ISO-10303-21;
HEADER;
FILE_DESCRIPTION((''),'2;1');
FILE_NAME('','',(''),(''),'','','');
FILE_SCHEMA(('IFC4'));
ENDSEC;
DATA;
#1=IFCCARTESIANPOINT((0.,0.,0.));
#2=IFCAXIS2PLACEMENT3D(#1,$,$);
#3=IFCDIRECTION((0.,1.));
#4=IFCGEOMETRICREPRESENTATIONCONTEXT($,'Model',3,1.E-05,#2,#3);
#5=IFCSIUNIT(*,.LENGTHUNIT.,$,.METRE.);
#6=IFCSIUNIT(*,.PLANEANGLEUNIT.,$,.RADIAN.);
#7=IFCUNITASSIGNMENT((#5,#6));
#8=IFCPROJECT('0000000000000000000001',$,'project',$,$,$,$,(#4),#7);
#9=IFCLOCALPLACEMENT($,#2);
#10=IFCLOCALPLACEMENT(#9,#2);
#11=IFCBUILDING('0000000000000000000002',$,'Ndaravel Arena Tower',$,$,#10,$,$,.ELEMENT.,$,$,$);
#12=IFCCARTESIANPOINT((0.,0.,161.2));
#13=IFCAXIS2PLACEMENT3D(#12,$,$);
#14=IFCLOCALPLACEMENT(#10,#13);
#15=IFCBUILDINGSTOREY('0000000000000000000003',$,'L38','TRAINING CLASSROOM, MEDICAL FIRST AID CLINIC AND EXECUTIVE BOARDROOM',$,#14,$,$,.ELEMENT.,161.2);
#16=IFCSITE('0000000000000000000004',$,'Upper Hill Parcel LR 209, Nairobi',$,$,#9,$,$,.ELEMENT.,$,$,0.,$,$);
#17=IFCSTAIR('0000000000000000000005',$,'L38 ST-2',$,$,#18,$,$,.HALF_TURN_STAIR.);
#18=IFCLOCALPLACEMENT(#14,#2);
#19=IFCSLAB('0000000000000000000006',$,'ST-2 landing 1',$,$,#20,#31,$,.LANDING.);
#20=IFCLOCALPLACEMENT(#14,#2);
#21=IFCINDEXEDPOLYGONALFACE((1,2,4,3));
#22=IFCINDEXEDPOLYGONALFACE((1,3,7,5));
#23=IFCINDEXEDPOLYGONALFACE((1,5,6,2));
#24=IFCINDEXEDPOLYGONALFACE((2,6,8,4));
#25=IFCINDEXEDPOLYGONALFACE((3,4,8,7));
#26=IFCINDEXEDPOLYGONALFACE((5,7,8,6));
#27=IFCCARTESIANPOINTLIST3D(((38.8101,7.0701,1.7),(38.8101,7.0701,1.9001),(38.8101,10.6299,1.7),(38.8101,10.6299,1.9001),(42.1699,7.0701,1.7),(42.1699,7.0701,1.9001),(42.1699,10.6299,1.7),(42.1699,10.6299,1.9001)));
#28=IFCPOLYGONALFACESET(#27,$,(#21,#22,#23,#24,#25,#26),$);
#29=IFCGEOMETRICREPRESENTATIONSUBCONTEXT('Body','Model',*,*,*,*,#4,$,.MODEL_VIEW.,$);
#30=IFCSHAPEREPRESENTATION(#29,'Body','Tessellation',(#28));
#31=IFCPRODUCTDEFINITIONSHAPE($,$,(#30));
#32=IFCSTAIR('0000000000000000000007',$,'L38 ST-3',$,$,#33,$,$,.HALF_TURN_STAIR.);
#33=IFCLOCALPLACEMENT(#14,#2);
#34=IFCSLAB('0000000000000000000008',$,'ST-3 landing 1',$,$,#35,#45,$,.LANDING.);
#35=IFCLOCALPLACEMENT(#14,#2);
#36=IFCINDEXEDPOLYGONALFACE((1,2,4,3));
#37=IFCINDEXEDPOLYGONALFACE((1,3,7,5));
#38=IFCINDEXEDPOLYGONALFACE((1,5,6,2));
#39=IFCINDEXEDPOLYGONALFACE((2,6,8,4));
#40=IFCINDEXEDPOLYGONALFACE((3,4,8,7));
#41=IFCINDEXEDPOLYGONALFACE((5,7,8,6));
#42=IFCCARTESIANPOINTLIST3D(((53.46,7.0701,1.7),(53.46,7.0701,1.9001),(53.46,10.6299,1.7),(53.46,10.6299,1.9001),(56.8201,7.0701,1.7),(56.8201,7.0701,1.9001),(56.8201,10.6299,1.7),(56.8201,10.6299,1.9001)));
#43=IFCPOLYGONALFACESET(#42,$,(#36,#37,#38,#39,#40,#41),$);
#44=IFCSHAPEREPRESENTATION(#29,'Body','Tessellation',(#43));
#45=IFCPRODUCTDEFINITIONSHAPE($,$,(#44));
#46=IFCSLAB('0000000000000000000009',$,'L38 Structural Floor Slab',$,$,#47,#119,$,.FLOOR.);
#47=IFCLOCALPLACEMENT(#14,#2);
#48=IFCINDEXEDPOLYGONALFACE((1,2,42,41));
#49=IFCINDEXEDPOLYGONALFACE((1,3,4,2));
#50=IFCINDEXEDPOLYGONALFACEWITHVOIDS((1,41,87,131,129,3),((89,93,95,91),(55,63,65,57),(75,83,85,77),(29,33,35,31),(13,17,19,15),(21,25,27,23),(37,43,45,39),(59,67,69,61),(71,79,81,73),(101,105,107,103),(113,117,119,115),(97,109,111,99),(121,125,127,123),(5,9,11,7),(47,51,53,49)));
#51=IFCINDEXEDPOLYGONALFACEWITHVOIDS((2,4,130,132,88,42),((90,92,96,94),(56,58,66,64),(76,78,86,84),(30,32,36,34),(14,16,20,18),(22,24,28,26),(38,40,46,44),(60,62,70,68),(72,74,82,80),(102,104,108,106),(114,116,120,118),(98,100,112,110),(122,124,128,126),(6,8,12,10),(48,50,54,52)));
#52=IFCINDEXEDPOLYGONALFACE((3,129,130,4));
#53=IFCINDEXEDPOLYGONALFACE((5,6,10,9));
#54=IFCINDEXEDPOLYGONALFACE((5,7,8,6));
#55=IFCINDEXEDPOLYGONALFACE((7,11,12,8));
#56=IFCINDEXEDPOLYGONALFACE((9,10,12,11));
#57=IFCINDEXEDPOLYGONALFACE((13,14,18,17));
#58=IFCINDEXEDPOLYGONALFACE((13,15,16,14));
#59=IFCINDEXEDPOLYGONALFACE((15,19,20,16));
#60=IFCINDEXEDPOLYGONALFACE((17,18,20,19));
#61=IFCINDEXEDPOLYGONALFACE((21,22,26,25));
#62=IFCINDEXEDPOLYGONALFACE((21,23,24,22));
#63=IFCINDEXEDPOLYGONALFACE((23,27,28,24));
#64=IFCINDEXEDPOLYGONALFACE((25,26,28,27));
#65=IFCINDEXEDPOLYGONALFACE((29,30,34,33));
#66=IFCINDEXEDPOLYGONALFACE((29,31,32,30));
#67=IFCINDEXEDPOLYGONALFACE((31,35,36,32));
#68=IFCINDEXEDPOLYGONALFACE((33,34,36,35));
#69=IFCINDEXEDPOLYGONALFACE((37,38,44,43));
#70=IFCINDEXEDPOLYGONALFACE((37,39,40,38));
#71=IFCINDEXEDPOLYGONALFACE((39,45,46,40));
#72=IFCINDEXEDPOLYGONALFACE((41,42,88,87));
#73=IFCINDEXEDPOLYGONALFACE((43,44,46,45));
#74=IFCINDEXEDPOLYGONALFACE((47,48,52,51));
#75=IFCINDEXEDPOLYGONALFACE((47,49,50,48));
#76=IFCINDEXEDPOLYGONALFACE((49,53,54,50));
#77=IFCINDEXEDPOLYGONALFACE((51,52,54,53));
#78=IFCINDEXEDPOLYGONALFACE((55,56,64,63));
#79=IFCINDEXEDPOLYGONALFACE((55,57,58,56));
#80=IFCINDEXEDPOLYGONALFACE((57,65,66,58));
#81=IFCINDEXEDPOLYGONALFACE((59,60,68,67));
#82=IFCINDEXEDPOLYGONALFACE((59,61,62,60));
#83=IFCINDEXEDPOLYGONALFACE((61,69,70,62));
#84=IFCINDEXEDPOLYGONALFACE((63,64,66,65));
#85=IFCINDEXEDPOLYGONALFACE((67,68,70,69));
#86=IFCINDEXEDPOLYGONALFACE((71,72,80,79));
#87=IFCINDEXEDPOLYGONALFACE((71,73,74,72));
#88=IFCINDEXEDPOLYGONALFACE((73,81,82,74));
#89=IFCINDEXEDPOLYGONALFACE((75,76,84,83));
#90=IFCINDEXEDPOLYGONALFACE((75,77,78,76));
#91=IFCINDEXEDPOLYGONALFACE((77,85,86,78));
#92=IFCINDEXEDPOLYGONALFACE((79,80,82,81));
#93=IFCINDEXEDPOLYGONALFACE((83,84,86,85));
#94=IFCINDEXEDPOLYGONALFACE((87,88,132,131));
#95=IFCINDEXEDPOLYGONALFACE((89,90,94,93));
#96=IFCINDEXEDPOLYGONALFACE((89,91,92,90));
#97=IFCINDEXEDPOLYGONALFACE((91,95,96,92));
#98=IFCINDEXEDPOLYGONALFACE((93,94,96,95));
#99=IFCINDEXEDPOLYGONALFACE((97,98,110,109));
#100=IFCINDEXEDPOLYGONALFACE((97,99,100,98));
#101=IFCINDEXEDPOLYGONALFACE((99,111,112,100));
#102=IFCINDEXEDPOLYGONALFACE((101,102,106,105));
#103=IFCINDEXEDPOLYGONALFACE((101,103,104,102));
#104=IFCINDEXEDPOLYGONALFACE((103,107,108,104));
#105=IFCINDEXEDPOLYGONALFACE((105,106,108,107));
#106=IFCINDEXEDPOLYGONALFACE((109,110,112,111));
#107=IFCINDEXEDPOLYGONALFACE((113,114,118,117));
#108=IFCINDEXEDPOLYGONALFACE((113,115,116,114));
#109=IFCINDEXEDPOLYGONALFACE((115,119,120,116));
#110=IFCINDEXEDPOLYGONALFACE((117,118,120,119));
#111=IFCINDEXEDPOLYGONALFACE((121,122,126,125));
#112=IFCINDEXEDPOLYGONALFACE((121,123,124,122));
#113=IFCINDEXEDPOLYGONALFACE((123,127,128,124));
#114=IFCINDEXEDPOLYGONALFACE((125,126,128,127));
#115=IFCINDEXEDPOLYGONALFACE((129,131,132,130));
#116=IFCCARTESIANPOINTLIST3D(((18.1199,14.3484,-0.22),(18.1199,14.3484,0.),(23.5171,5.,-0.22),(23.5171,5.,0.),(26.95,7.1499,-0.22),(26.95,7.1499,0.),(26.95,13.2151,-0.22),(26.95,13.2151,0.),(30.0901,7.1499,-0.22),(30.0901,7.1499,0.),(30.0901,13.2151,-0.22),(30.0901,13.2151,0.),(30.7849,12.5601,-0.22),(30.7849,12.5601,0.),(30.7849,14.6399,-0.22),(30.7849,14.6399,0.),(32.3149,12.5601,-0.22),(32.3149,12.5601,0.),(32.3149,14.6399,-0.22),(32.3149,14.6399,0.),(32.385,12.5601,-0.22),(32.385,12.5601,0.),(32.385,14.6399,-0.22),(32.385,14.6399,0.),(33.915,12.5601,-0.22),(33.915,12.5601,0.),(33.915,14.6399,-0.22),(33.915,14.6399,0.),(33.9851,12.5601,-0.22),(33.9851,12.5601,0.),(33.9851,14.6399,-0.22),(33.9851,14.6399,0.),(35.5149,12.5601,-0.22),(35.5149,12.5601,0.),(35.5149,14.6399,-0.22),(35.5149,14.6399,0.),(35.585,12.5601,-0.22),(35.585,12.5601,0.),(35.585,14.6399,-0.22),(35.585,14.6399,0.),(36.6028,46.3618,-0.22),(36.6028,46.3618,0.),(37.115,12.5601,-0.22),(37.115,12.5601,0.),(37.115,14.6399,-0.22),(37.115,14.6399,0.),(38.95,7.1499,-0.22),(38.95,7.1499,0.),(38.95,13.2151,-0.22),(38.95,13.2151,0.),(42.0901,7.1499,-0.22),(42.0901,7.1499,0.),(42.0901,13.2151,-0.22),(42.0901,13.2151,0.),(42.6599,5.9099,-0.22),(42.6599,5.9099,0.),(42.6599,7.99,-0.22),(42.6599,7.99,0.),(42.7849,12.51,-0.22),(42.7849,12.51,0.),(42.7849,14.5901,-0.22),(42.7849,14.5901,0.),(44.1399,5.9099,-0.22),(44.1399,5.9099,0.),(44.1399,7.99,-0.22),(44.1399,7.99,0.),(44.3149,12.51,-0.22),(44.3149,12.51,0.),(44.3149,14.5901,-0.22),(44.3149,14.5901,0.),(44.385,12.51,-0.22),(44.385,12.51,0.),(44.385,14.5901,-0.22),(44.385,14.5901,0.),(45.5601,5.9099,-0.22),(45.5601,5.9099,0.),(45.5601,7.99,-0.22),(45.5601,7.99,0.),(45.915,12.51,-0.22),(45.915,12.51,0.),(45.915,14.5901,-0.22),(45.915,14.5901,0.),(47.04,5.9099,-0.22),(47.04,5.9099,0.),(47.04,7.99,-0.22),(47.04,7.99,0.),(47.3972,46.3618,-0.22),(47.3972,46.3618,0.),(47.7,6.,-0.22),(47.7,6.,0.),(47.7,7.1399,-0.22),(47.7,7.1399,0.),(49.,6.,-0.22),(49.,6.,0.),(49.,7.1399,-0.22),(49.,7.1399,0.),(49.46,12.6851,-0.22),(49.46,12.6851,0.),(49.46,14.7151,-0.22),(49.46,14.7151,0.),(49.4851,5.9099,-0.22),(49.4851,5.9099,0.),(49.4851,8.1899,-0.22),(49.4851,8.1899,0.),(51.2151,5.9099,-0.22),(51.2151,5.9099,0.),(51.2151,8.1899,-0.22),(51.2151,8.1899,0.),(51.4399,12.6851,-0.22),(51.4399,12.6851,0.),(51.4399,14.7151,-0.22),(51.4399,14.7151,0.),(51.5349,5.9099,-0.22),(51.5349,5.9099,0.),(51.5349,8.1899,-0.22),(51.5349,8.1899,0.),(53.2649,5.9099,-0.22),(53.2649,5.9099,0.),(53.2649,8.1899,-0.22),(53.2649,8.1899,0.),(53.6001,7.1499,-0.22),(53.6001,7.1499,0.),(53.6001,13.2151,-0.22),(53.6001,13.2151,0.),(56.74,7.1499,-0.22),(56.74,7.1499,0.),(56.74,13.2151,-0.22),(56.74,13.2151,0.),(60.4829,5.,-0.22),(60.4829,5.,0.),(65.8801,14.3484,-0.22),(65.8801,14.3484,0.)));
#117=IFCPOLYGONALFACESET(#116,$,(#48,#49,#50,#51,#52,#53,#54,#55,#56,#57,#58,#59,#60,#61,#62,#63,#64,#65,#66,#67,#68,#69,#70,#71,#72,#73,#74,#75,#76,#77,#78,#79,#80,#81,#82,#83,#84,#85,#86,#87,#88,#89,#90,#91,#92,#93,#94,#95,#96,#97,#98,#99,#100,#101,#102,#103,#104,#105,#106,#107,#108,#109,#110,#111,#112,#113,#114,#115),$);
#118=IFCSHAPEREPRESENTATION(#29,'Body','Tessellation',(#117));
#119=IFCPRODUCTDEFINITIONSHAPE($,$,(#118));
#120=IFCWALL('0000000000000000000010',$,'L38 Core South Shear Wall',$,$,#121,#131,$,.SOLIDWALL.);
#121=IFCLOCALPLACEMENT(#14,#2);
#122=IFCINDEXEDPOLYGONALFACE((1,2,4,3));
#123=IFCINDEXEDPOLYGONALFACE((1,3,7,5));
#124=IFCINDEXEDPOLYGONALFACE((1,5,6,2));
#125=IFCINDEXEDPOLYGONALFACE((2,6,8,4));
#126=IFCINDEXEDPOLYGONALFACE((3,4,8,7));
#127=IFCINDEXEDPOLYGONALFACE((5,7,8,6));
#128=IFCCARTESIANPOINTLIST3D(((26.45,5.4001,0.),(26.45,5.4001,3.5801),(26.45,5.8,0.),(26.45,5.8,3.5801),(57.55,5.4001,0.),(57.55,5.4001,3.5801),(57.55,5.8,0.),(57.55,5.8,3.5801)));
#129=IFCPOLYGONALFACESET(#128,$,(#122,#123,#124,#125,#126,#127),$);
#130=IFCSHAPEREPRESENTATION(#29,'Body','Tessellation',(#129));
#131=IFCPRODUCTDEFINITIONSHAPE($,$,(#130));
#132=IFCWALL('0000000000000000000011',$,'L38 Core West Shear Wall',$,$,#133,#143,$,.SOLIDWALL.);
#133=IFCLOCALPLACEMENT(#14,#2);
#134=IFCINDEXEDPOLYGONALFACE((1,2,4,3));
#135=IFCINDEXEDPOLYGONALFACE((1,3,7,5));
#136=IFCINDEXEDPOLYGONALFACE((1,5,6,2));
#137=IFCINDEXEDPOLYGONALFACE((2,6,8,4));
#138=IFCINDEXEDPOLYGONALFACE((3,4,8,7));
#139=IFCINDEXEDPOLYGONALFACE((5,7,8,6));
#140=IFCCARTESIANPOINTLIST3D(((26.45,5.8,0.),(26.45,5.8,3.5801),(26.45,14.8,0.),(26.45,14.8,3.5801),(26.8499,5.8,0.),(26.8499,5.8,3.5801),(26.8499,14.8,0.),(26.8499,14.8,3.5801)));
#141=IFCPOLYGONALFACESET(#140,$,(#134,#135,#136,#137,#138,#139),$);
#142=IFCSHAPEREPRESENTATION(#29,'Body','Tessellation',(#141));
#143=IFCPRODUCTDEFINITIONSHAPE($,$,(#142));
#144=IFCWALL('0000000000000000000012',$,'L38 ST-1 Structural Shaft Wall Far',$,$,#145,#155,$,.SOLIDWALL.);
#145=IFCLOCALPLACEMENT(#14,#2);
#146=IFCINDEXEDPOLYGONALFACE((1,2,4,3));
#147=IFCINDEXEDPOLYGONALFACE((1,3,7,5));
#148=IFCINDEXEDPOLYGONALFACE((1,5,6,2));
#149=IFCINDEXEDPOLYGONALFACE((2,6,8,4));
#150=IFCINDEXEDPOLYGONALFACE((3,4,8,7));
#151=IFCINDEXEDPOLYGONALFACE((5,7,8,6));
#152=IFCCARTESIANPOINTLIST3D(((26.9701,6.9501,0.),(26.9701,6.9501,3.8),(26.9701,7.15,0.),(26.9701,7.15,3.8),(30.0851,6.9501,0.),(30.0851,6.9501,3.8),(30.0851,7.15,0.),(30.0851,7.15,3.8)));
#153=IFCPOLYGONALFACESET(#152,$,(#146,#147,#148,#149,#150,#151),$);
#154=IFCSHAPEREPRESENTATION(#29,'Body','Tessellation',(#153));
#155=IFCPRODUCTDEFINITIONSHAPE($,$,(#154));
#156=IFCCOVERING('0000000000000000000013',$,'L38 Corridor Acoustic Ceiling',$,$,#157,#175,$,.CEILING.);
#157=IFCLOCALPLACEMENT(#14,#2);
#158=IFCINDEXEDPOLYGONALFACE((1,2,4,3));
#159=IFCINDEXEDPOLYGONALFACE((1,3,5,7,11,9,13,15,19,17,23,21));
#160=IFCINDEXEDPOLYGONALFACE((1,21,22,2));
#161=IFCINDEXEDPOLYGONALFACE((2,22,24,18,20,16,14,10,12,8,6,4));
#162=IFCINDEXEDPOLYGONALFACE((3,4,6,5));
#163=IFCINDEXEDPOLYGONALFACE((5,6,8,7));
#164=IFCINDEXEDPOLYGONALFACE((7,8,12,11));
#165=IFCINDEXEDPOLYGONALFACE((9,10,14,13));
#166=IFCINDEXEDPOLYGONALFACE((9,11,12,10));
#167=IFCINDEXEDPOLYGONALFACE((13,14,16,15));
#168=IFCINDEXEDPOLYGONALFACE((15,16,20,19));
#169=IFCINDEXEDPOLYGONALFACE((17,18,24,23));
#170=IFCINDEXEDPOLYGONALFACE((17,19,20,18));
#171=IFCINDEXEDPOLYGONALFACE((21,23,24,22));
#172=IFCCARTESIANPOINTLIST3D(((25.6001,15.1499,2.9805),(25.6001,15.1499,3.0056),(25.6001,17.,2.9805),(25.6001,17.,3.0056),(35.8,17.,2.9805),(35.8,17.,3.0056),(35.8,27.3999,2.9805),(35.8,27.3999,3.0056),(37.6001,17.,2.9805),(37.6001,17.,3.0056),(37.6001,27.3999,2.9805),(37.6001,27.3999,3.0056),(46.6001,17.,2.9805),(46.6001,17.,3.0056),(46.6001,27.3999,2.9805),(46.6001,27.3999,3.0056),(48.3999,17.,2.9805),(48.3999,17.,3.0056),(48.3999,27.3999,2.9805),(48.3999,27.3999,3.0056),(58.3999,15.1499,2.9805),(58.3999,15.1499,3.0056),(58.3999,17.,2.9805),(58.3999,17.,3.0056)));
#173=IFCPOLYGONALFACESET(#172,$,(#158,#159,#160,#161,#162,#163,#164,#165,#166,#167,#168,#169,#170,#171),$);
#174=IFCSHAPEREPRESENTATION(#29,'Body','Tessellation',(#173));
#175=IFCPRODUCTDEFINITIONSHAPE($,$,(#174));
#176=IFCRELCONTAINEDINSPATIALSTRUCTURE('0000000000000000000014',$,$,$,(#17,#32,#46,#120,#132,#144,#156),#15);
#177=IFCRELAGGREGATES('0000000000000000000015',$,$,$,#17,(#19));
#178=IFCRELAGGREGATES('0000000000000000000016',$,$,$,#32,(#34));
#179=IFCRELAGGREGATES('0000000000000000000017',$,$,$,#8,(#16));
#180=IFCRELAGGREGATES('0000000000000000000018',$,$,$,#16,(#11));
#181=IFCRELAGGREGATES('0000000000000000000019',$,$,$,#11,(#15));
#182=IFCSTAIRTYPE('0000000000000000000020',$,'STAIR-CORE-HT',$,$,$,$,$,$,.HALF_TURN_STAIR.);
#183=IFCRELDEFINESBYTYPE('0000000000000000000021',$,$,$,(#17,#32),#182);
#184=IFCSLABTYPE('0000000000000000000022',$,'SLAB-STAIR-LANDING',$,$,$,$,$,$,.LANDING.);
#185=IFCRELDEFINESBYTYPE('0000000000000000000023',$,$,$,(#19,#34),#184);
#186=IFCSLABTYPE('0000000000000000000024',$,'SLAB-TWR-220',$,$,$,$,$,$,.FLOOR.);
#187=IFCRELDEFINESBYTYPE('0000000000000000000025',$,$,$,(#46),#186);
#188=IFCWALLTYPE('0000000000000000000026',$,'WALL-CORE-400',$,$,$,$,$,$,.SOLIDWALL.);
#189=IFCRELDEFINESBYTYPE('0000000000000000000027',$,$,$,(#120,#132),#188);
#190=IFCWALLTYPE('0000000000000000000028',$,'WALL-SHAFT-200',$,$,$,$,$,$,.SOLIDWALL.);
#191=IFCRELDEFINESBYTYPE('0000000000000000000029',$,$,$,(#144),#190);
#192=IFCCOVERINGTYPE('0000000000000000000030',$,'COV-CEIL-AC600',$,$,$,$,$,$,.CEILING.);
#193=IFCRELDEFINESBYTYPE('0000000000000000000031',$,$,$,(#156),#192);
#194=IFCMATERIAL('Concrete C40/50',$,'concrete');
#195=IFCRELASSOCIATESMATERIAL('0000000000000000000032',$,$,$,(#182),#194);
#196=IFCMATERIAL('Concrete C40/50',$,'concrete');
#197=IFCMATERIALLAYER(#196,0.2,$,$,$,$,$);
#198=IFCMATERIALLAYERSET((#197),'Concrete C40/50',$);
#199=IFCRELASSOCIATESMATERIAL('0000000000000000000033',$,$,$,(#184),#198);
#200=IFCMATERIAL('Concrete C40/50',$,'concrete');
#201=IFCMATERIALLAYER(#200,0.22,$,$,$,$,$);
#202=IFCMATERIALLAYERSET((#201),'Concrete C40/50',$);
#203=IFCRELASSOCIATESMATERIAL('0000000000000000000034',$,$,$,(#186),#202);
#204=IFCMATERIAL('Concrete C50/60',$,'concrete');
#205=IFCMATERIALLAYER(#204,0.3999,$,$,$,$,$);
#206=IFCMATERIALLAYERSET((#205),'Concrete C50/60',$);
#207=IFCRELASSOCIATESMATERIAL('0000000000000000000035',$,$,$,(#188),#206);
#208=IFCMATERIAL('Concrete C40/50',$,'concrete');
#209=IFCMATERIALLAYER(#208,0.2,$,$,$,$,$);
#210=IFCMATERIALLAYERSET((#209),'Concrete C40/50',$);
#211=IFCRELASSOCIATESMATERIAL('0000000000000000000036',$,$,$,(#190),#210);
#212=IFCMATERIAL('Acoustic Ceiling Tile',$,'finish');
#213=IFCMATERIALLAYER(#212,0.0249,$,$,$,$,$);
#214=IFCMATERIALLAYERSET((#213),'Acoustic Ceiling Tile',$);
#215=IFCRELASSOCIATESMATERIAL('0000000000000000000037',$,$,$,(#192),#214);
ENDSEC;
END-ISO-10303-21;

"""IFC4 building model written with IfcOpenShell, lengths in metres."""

from ifc_helpers import new_model, si_unit, direction, frame, frame_2d, origin, place, context, subcontext, project, spatial, polyline, rectangle, outline, extrude, material, layer, layer_set, type_object, element, aggregate, save


model = new_model("IFC4")

# Units and contexts
model_context = context("Model", 3, precision=1e-05, world=origin(), true_north=direction((0.0, 1.0)))
body_context = subcontext(model_context, "Body", "Model", "MODEL_VIEW")
ifc_project = project(units=[si_unit("LENGTHUNIT", "METRE"), si_unit("PLANEANGLEUNIT", "RADIAN")], contexts=[model_context])

# Site, building, storey
site_placement = place(None, origin())
site = spatial("IfcSite", under=ifc_project, at=site_placement, Name="Upper Hill Parcel LR 209, Nairobi", CompositionType="ELEMENT", RefElevation=0.0)
building_placement = place(site_placement, origin())
building = spatial("IfcBuilding", under=site, at=building_placement, Name="Ndaravel Arena Tower", CompositionType="ELEMENT")
storey_placement = place(building_placement, frame((0.0, 0.0, 161.2)))
storey = spatial("IfcBuildingStorey", under=building, at=storey_placement, Name="L38", Description="TRAINING CLASSROOM, MEDICAL FIRST AID CLINIC AND EXECUTIVE BOARDROOM", CompositionType="ELEMENT", Elevation=161.2)

# Stairs, slabs
ifc_material_1 = material(Name="Concrete C40/50", Category="concrete")
stair_type = type_object("IfcStairType", Name="STAIR-CORE-HT", PredefinedType="HALF_TURN_STAIR", material=ifc_material_1)
ifc_material_2 = material(Name="Concrete C40/50", Category="concrete")
ifc_layer_1 = layer(ifc_material_2, 0.2)
ifc_layer_set_1 = layer_set([ifc_layer_1], Name="Concrete C40/50")
slab_type_1 = type_object("IfcSlabType", Name="SLAB-STAIR-LANDING", PredefinedType="LANDING", material=ifc_layer_set_1)
stair_1_placement = place(storey_placement, origin())
stair_1 = element("IfcStair", 1, at=stair_1_placement, inside=storey, type_object=stair_type, Name="L38 ST-2", PredefinedType="HALF_TURN_STAIR")
slab_1_placement = place(storey_placement, frame((0.0, 0.0, 1.7)))
slab_1 = element("IfcSlab", 2, at=slab_1_placement, type_object=slab_type_1, Name="ST-2 landing 1", PredefinedType="LANDING", context=body_context, shape_type="SweptSolid", body=[
    extrude(outline(polyline([(38.8101, 10.6299), (38.8101, 7.0701), (42.1699, 7.0701), (42.1699, 10.6299), (38.8101, 10.6299)])), origin(), (0.0, 0.0, 1.0), 0.2002),
])
aggregate(stair_1, [slab_1])
stair_2_placement = place(storey_placement, origin())
stair_2 = element("IfcStair", 3, at=stair_2_placement, inside=storey, type_object=stair_type, Name="L38 ST-3", PredefinedType="HALF_TURN_STAIR")
slab_2_placement = place(storey_placement, frame((0.0, 0.0, 1.7)))
slab_2 = element("IfcSlab", 4, at=slab_2_placement, type_object=slab_type_1, Name="ST-3 landing 1", PredefinedType="LANDING", context=body_context, shape_type="SweptSolid", body=[
    extrude(outline(polyline([(53.46, 10.6299), (53.46, 7.0701), (56.8201, 7.0701), (56.8201, 10.6299), (53.46, 10.6299)])), origin(), (0.0, 0.0, 1.0), 0.2002),
])
aggregate(stair_2, [slab_2])

# Slab
ifc_material_3 = material(Name="Concrete C40/50", Category="concrete")
ifc_layer_2 = layer(ifc_material_3, 0.22)
ifc_layer_set_2 = layer_set([ifc_layer_2], Name="Concrete C40/50")
slab_type_2 = type_object("IfcSlabType", Name="SLAB-TWR-220", PredefinedType="FLOOR", material=ifc_layer_set_2)
slab_3_placement = place(storey_placement, frame((0.0, 0.0, -0.22)))
element("IfcSlab", 5, at=slab_3_placement, inside=storey, type_object=slab_type_2, Name="L38 Structural Floor Slab", PredefinedType="FLOOR", context=body_context, shape_type="SweptSolid", body=[
    extrude(outline(polyline([(18.1199, 14.3484), (23.5171, 5.0), (60.4829, 5.0), (65.8801, 14.3484), (47.3972, 46.3618), (36.6028, 46.3618), (18.1199, 14.3484)]), holes=[polyline([(26.95, 13.2151), (26.95, 7.1499), (30.0901, 7.1499), (30.0901, 13.2151), (26.95, 13.2151)]), polyline([(38.95, 13.2151), (38.95, 7.1499), (42.0901, 7.1499), (42.0901, 13.2151), (38.95, 13.2151)]), polyline([(53.6001, 13.2151), (53.6001, 7.1499), (56.74, 7.1499), (56.74, 13.2151), (53.6001, 13.2151)]), polyline([(30.7849, 12.5601), (32.3149, 12.5601), (32.3149, 14.6399), (30.7849, 14.6399), (30.7849, 12.5601)]), polyline([(32.385, 12.5601), (33.915, 12.5601), (33.915, 14.6399), (32.385, 14.6399), (32.385, 12.5601)]), polyline([(33.9851, 12.5601), (35.5149, 12.5601), (35.5149, 14.6399), (33.9851, 14.6399), (33.9851, 12.5601)]), polyline([(35.585, 12.5601), (37.115, 12.5601), (37.115, 14.6399), (35.585, 14.6399), (35.585, 12.5601)]), polyline([(42.6599, 5.9099), (44.1399, 5.9099), (44.1399, 7.99), (42.6599, 7.99), (42.6599, 5.9099)]), polyline([(45.5601, 5.9099), (47.04, 5.9099), (47.04, 7.99), (45.5601, 7.99), (45.5601, 5.9099)]), polyline([(42.7849, 12.51), (44.3149, 12.51), (44.3149, 14.5901), (42.7849, 14.5901), (42.7849, 12.51)]), polyline([(44.385, 12.51), (45.915, 12.51), (45.915, 14.5901), (44.385, 14.5901), (44.385, 12.51)]), polyline([(49.4851, 5.9099), (51.2151, 5.9099), (51.2151, 8.1899), (49.4851, 8.1899), (49.4851, 5.9099)]), polyline([(51.5349, 5.9099), (53.2649, 5.9099), (53.2649, 8.1899), (51.5349, 8.1899), (51.5349, 5.9099)]), polyline([(49.46, 12.6851), (51.4399, 12.6851), (51.4399, 14.7151), (49.46, 14.7151), (49.46, 12.6851)]), polyline([(47.7, 6.0), (49.0, 6.0), (49.0, 7.1399), (47.7, 7.1399), (47.7, 6.0)])]), origin(), (0.0, 0.0, 1.0), 0.22),
])

# Walls
ifc_material_4 = material(Name="Concrete C50/60", Category="concrete")
ifc_layer_3 = layer(ifc_material_4, 0.3999)
ifc_layer_set_3 = layer_set([ifc_layer_3], Name="Concrete C50/60")
wall_type_1 = type_object("IfcWallType", Name="WALL-CORE-400", PredefinedType="SOLIDWALL", material=ifc_layer_set_3)
wall_1_placement = place(storey_placement, frame((26.45, 5.6001, 0.0), z_axis=(0.0, 0.0, 1.0), x_axis=(1.0, 0.0, 0.0)))
element("IfcWall", 6, at=wall_1_placement, inside=storey, type_object=wall_type_1, Name="L38 Core South Shear Wall", PredefinedType="SOLIDWALL", context=body_context, shape_type="SweptSolid", body=[
    extrude(rectangle(XDim=31.1001, YDim=0.3999, at=frame_2d((15.55, 0.0))), origin(), (0.0, 0.0, 1.0), 3.5801),
])
wall_2_placement = place(storey_placement, frame((26.6499, 5.8, 0.0), z_axis=(0.0, 0.0, 1.0), x_axis=(0.0, 1.0, 0.0)))
element("IfcWall", 7, at=wall_2_placement, inside=storey, type_object=wall_type_1, Name="L38 Core West Shear Wall", PredefinedType="SOLIDWALL", context=body_context, shape_type="SweptSolid", body=[
    extrude(rectangle(XDim=9.0, YDim=0.3999, at=frame_2d((4.5, 0.0))), origin(), (0.0, 0.0, 1.0), 3.5801),
])
ifc_material_5 = material(Name="Concrete C40/50", Category="concrete")
ifc_layer_4 = layer(ifc_material_5, 0.2)
ifc_layer_set_4 = layer_set([ifc_layer_4], Name="Concrete C40/50")
wall_type_2 = type_object("IfcWallType", Name="WALL-SHAFT-200", PredefinedType="SOLIDWALL", material=ifc_layer_set_4)
wall_3_placement = place(storey_placement, frame((26.97, 7.05, 0.0), z_axis=(0.0, 0.0, 1.0), x_axis=(1.0, 0.0, 0.0)))
element("IfcWall", 8, at=wall_3_placement, inside=storey, type_object=wall_type_2, Name="L38 ST-1 Structural Shaft Wall Far", PredefinedType="SOLIDWALL", context=body_context, shape_type="SweptSolid", body=[
    extrude(rectangle(XDim=3.115, YDim=0.2, at=frame_2d((1.5576, 0.0))), origin(), (0.0, 0.0, 1.0), 3.8),
])

# Covering
ifc_material_6 = material(Name="Acoustic Ceiling Tile", Category="finish")
ifc_layer_5 = layer(ifc_material_6, 0.0249)
ifc_layer_set_5 = layer_set([ifc_layer_5], Name="Acoustic Ceiling Tile")
covering_type_1 = type_object("IfcCoveringType", Name="COV-CEIL-AC600", PredefinedType="CEILING", material=ifc_layer_set_5)
covering_1_placement = place(storey_placement, frame((0.0, 0.0, 2.9805)))
element("IfcCovering", 9, at=covering_1_placement, inside=storey, type_object=covering_type_1, Name="L38 Corridor Acoustic Ceiling", PredefinedType="CEILING", context=body_context, shape_type="SweptSolid", body=[
    extrude(outline(polyline([(58.3999, 17.0), (48.3999, 17.0), (48.3999, 27.3999), (46.6001, 27.3999), (46.6001, 17.0), (37.6001, 17.0), (37.6001, 27.3999), (35.8, 27.3999), (35.8, 17.0), (25.6001, 17.0), (25.6001, 15.1499), (58.3999, 15.1499), (58.3999, 17.0)])), origin(), (0.0, 0.0, 1.0), 0.0251),
])

save(model, "model.ifc")
